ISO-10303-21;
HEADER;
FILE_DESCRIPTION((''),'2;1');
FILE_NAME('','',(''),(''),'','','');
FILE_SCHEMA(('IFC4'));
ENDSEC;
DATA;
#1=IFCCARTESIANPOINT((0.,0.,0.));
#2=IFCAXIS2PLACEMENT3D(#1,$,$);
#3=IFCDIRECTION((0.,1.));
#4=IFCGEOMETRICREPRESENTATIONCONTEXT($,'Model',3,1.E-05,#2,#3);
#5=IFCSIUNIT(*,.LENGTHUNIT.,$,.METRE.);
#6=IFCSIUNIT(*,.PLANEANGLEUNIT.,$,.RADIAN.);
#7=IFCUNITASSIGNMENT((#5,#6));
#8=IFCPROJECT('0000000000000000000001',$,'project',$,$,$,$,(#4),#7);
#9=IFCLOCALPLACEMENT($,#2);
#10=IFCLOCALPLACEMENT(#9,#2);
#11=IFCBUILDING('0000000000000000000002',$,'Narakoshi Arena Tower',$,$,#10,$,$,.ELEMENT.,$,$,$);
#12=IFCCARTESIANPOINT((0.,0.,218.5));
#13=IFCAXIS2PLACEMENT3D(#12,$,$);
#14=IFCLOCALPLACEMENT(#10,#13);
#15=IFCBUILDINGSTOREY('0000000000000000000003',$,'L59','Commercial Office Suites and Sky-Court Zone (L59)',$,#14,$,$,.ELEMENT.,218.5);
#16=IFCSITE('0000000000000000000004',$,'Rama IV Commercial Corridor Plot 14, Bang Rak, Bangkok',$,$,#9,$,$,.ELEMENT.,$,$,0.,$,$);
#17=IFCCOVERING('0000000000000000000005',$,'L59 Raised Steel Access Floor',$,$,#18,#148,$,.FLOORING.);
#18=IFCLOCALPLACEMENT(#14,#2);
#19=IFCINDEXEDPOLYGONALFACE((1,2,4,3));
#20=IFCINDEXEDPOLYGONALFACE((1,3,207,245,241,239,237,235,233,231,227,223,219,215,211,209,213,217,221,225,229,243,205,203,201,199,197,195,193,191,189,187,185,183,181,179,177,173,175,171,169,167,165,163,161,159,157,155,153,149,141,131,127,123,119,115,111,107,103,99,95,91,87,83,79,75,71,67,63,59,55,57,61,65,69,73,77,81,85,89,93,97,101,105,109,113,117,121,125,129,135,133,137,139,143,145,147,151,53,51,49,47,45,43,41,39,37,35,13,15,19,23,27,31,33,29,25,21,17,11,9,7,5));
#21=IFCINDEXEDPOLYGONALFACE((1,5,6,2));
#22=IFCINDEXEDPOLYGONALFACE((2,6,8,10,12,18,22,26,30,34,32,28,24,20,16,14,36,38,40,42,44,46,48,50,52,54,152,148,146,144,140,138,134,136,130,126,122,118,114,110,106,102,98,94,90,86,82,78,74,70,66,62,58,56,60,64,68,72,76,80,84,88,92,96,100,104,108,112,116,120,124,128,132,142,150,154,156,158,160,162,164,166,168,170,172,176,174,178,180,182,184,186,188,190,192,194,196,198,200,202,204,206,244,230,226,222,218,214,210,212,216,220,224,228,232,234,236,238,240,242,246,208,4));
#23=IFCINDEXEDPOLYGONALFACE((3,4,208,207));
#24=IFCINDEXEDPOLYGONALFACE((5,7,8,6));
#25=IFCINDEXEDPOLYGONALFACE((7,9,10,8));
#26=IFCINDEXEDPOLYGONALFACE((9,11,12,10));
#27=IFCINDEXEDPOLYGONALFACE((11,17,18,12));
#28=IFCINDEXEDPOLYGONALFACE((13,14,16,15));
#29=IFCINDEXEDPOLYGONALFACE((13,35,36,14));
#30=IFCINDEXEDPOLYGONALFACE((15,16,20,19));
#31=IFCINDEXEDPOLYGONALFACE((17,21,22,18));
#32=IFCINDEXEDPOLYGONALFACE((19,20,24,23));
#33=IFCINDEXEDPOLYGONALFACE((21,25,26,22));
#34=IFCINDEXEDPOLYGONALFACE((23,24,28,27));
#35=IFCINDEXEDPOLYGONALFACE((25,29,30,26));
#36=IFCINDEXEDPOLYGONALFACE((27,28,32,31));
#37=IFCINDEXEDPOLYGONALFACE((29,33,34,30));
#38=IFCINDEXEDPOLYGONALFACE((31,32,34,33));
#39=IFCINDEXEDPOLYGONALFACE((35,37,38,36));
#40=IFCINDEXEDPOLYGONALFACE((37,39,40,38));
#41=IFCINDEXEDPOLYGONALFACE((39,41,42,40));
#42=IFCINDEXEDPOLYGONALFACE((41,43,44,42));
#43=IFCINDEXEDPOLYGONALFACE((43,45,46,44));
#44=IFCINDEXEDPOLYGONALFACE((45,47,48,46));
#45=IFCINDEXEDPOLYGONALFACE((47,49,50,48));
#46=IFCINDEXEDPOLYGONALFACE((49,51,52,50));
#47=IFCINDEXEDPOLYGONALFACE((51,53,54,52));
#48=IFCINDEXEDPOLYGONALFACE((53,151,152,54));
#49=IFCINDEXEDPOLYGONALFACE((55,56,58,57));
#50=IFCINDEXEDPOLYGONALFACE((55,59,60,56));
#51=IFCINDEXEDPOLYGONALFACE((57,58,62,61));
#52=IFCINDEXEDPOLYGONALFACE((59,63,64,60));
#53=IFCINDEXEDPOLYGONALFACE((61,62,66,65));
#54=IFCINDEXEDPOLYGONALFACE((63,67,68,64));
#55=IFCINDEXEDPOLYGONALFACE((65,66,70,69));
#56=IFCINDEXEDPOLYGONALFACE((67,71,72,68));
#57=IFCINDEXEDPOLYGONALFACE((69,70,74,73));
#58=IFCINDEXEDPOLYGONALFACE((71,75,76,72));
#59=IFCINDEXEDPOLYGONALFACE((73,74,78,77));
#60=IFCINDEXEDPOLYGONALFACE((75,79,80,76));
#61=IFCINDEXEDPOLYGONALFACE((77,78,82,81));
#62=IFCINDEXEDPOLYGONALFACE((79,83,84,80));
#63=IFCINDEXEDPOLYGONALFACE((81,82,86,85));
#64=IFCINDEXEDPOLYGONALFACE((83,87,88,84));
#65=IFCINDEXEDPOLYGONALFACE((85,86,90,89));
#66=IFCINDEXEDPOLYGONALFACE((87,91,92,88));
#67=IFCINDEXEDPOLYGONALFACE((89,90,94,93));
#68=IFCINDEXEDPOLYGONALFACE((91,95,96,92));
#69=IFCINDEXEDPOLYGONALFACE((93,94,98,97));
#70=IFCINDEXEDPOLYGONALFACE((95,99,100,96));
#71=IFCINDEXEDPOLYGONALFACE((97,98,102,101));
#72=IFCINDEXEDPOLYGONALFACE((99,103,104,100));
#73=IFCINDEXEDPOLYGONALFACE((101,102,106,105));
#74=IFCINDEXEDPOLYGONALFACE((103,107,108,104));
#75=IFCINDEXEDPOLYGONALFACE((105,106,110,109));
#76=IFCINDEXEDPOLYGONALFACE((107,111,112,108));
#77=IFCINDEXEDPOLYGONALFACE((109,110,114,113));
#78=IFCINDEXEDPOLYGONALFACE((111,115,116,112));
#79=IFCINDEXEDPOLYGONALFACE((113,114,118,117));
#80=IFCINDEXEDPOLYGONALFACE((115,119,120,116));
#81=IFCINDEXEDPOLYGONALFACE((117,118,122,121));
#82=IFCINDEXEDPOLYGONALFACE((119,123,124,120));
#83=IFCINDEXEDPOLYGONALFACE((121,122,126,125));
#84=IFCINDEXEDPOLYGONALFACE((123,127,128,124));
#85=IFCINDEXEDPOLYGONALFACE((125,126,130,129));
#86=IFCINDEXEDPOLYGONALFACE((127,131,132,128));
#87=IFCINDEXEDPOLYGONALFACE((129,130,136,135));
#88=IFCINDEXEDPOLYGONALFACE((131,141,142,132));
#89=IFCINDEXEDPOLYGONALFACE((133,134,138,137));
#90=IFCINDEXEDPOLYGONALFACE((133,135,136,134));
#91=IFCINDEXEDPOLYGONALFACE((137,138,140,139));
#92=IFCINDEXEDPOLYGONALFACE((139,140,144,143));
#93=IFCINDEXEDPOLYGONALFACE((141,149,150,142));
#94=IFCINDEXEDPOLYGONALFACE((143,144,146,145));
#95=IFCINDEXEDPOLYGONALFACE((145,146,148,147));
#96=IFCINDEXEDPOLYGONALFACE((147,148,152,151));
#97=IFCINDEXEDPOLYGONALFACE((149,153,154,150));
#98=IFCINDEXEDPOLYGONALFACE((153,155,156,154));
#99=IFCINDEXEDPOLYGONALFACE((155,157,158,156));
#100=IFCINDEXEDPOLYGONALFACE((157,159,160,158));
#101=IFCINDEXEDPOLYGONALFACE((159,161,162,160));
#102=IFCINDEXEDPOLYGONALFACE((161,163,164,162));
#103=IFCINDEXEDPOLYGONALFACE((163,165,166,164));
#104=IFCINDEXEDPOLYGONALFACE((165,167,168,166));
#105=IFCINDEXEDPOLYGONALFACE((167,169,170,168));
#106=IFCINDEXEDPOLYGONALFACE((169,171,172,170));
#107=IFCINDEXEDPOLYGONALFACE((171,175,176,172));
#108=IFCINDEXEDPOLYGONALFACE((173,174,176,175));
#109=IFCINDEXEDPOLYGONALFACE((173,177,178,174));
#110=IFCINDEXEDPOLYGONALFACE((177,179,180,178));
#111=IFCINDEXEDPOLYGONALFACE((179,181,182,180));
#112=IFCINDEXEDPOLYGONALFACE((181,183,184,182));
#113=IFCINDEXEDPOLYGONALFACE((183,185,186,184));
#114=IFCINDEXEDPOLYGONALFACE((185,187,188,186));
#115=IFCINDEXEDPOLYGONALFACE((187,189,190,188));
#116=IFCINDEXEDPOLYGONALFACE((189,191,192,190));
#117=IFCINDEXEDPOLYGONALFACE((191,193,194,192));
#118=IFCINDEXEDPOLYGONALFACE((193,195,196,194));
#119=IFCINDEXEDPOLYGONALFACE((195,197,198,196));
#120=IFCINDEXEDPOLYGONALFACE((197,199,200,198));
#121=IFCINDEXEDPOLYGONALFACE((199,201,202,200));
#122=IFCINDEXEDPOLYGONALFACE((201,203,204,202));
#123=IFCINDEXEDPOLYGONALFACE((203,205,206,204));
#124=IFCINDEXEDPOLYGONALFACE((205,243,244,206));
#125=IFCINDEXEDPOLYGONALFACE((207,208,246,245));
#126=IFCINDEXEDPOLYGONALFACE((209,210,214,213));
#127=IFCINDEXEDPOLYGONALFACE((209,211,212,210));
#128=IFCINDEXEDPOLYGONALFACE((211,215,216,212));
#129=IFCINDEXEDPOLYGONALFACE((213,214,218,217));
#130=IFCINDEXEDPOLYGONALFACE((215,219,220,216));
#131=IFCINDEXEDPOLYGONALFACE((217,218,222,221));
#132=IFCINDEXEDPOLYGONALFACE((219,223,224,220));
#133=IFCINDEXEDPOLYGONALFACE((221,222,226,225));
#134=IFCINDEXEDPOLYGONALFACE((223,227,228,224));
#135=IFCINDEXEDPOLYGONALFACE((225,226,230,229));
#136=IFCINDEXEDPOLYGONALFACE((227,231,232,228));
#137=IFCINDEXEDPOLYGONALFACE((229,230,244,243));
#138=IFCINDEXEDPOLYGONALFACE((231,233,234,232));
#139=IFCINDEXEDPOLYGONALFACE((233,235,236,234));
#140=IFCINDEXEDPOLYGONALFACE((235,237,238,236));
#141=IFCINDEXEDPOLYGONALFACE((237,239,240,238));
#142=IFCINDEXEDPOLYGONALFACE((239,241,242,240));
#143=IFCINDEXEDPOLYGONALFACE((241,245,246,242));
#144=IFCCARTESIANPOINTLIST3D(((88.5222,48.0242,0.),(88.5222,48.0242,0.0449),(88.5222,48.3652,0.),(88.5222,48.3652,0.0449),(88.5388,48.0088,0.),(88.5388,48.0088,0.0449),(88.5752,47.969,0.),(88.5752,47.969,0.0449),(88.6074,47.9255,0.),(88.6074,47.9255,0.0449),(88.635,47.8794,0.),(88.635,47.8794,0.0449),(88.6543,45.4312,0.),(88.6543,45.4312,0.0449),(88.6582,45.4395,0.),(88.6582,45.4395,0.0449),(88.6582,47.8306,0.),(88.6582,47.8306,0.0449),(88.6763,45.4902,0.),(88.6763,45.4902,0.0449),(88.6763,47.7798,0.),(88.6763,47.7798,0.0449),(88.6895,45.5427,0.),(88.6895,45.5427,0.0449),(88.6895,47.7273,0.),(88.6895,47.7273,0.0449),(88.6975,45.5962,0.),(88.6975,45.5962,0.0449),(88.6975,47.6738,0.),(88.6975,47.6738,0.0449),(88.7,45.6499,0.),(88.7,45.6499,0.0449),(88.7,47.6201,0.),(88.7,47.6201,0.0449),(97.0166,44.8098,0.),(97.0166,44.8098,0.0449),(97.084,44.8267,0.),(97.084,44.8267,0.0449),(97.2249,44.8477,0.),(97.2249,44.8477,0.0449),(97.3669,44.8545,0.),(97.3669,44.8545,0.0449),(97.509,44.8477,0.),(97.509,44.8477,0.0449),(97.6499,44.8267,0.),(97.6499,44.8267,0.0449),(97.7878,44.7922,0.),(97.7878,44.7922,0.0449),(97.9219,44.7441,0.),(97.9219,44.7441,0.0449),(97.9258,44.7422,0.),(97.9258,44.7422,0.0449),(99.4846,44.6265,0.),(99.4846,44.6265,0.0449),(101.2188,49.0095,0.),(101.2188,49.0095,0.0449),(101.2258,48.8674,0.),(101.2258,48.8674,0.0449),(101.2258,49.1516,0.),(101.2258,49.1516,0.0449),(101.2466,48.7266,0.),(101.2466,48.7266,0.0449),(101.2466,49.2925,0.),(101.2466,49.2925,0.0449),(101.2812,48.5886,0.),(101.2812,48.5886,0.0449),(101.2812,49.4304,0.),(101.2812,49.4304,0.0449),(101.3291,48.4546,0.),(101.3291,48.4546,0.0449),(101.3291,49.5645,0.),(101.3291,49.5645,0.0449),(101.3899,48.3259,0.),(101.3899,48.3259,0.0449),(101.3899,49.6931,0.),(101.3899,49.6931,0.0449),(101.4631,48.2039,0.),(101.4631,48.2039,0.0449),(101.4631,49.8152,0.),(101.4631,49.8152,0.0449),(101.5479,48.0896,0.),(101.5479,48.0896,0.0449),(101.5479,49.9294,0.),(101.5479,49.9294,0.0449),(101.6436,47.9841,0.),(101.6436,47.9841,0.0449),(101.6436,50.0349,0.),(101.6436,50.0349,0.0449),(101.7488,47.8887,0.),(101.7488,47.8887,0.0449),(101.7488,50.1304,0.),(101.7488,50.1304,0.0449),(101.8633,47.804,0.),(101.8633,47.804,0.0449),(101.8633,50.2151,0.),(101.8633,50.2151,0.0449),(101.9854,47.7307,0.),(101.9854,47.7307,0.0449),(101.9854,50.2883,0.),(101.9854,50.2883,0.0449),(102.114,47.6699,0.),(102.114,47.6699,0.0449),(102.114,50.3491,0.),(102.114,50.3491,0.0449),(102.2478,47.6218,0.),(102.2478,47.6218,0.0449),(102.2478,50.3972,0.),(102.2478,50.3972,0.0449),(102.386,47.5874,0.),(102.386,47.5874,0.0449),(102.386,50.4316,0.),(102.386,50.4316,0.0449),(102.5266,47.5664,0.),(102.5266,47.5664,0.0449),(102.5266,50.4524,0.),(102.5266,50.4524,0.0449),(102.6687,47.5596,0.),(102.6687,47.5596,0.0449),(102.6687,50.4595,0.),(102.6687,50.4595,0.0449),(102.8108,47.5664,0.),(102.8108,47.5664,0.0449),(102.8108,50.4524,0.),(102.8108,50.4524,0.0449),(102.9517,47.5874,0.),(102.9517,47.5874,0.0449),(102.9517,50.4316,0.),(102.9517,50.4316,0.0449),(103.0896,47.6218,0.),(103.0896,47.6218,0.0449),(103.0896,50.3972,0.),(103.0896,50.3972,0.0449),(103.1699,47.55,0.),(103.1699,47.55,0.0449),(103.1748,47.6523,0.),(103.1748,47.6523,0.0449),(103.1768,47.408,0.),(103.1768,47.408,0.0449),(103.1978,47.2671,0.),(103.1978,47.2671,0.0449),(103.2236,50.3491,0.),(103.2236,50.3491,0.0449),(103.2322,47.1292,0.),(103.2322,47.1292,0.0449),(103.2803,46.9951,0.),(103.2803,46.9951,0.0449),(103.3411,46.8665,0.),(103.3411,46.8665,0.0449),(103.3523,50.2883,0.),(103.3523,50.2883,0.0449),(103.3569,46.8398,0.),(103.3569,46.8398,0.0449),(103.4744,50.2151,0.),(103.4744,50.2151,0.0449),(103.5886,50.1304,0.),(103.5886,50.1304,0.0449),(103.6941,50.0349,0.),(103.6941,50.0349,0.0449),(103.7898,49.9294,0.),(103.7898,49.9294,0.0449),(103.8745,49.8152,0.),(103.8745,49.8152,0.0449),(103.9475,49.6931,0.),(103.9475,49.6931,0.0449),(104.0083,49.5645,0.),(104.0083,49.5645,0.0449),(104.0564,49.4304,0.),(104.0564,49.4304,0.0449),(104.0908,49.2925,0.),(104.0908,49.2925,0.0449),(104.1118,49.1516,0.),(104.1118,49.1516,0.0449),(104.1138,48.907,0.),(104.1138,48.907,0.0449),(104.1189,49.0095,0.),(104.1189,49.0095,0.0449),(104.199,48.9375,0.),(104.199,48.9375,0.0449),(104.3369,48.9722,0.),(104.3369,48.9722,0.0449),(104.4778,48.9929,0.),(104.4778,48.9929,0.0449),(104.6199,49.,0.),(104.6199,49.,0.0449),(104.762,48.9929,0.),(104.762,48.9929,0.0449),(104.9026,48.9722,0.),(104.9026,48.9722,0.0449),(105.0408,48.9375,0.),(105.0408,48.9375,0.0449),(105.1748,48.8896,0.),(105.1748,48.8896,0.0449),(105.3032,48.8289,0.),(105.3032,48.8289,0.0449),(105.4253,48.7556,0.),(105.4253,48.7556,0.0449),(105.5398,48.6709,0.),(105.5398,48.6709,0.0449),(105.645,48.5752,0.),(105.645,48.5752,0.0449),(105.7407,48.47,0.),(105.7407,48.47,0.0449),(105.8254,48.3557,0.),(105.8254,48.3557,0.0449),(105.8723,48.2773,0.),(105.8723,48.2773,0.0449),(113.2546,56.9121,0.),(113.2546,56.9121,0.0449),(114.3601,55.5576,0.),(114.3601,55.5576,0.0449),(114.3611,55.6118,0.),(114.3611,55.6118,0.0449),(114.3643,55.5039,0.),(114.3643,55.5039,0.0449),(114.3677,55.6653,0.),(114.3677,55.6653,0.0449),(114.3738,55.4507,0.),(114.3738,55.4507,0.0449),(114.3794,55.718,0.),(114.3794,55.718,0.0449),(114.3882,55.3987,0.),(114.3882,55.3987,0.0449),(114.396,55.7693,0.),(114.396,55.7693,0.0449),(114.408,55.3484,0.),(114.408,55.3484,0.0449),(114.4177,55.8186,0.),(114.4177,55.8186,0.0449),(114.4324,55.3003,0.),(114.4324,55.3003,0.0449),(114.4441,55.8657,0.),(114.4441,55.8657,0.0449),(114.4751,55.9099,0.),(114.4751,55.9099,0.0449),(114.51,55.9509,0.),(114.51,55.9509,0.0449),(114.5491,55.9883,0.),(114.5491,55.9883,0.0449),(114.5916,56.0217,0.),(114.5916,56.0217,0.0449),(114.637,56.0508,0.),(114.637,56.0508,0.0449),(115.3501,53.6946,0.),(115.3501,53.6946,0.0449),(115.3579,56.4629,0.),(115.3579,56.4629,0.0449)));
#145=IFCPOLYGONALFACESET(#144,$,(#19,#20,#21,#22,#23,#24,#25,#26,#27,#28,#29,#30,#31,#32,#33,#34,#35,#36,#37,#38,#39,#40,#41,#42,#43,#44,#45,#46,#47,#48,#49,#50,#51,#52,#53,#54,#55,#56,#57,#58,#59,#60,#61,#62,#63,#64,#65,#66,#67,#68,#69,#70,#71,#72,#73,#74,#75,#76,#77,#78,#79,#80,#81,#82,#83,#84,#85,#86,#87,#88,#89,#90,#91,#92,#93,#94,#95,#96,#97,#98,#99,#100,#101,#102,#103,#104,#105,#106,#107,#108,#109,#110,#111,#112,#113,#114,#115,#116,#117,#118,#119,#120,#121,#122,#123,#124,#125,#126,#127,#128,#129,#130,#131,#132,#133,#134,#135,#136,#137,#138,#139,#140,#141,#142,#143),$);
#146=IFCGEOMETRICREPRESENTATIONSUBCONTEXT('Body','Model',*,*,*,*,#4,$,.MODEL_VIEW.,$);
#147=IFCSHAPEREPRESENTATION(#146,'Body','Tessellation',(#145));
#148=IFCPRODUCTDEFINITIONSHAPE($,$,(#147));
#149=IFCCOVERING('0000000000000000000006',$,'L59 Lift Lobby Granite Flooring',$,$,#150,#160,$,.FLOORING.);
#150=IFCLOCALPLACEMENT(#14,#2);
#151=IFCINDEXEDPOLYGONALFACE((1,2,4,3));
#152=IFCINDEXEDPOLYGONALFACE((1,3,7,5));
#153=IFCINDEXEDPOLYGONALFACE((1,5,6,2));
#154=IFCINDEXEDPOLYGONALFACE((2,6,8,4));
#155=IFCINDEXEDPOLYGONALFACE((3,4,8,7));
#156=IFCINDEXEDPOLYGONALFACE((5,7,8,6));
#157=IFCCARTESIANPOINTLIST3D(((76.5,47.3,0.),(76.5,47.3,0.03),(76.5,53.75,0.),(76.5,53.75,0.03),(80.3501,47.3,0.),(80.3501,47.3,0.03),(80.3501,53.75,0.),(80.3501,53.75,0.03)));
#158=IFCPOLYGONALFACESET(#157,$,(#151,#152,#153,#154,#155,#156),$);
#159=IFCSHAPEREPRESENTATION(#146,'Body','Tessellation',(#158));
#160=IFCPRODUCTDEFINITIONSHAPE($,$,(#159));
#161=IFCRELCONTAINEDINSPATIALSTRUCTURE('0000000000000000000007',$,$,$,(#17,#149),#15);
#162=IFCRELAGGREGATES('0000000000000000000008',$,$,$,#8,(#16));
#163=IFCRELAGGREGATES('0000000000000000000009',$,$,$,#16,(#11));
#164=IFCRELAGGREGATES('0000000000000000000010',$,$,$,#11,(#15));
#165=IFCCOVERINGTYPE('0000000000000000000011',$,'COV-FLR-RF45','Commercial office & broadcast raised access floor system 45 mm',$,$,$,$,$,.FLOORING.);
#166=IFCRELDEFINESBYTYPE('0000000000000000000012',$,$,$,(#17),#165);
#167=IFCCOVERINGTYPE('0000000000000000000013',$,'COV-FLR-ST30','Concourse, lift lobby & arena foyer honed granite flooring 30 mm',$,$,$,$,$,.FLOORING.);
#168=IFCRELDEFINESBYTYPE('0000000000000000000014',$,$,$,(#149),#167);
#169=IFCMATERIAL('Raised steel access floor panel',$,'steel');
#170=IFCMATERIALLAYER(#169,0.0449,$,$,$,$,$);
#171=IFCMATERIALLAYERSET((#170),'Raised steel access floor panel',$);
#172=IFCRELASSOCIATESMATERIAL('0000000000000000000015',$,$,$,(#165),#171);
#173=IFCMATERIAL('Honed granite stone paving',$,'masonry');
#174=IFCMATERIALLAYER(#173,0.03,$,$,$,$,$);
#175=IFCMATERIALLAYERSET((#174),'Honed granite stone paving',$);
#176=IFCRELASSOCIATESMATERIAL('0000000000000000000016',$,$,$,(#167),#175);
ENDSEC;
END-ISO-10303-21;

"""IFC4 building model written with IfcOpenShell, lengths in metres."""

from ifc_helpers import new_model, si_unit, direction, frame, origin, place, context, subcontext, project, spatial, polyline, outline, extrude, material, layer, layer_set, type_object, element, save


model = new_model("IFC4")

# Units and contexts
model_context = context("Model", 3, precision=1e-05, world=origin(), true_north=direction((0.0, 1.0)))
body_context = subcontext(model_context, "Body", "Model", "MODEL_VIEW")
ifc_project = project(units=[si_unit("LENGTHUNIT", "METRE"), si_unit("PLANEANGLEUNIT", "RADIAN")], contexts=[model_context])

# Site, building, storey
site_placement = place(None, origin())
site = spatial("IfcSite", under=ifc_project, at=site_placement, Name="Rama IV Commercial Corridor Plot 14, Bang Rak, Bangkok", CompositionType="ELEMENT", RefElevation=0.0)
building_placement = place(site_placement, origin())
building = spatial("IfcBuilding", under=site, at=building_placement, Name="Narakoshi Arena Tower", CompositionType="ELEMENT")
storey_placement = place(building_placement, frame((0.0, 0.0, 218.5)))
storey = spatial("IfcBuildingStorey", under=building, at=storey_placement, Name="L59", Description="Commercial Office Suites and Sky-Court Zone (L59)", CompositionType="ELEMENT", Elevation=218.5)

# Coverings
ifc_material_1 = material(Name="Raised steel access floor panel", Category="steel")
ifc_layer_1 = layer(ifc_material_1, 0.0449)
ifc_layer_set_1 = layer_set([ifc_layer_1], Name="Raised steel access floor panel")
covering_type_1 = type_object("IfcCoveringType", Name="COV-FLR-RF45", Description="Commercial office & broadcast raised access floor system 45 mm", PredefinedType="FLOORING", material=ifc_layer_set_1)
covering_1_placement = place(storey_placement, origin())
element("IfcCovering", 1, at=covering_1_placement, inside=storey, type_object=covering_type_1, Name="L59 Raised Steel Access Floor", PredefinedType="FLOORING", context=body_context, shape_type="SweptSolid", body=[
    extrude(outline(polyline([(88.5222, 48.3652), (113.2546, 56.9121), (115.3579, 56.4629), (114.637, 56.0508), (114.5916, 56.0217), (114.5491, 55.9883), (114.51, 55.9509), (114.4751, 55.9099), (114.4441, 55.8657), (114.4177, 55.8186), (114.396, 55.7693), (114.3794, 55.718), (114.3677, 55.6653), (114.3611, 55.6118), (114.3601, 55.5576), (114.3643, 55.5039), (114.3738, 55.4507), (114.3882, 55.3987), (114.408, 55.3484), (114.4324, 55.3003), (115.3501, 53.6946), (105.8723, 48.2773), (105.8254, 48.3557), (105.7407, 48.47), (105.645, 48.5752), (105.5398, 48.6709), (105.4253, 48.7556), (105.3032, 48.8289), (105.1748, 48.8896), (105.0408, 48.9375), (104.9026, 48.9722), (104.762, 48.9929), (104.6199, 49.0), (104.4778, 48.9929), (104.3369, 48.9722), (104.199, 48.9375), (104.1138, 48.907), (104.1189, 49.0095), (104.1118, 49.1516), (104.0908, 49.2925), (104.0564, 49.4304), (104.0083, 49.5645), (103.9475, 49.6931), (103.8745, 49.8152), (103.7898, 49.9294), (103.6941, 50.0349), (103.5886, 50.1304), (103.4744, 50.2151), (103.3523, 50.2883), (103.2236, 50.3491), (103.0896, 50.3972), (102.9517, 50.4316), (102.8108, 50.4524), (102.6687, 50.4595), (102.5266, 50.4524), (102.386, 50.4316), (102.2478, 50.3972), (102.114, 50.3491), (101.9854, 50.2883), (101.8633, 50.2151), (101.7488, 50.1304), (101.6436, 50.0349), (101.5479, 49.9294), (101.4631, 49.8152), (101.3899, 49.6931), (101.3291, 49.5645), (101.2812, 49.4304), (101.2466, 49.2925), (101.2258, 49.1516), (101.2188, 49.0095), (101.2258, 48.8674), (101.2466, 48.7266), (101.2812, 48.5886), (101.3291, 48.4546), (101.3899, 48.3259), (101.4631, 48.2039), (101.5479, 48.0896), (101.6436, 47.9841), (101.7488, 47.8887), (101.8633, 47.804), (101.9854, 47.7307), (102.114, 47.6699), (102.2478, 47.6218), (102.386, 47.5874), (102.5266, 47.5664), (102.6687, 47.5596), (102.8108, 47.5664), (102.9517, 47.5874), (103.0896, 47.6218), (103.1748, 47.6523), (103.1699, 47.55), (103.1768, 47.408), (103.1978, 47.2671), (103.2322, 47.1292), (103.2803, 46.9951), (103.3411, 46.8665), (103.3569, 46.8398), (99.4846, 44.6265), (97.9258, 44.7422), (97.9219, 44.7441), (97.7878, 44.7922), (97.6499, 44.8267), (97.509, 44.8477), (97.3669, 44.8545), (97.2249, 44.8477), (97.084, 44.8267), (97.0166, 44.8098), (88.6543, 45.4312), (88.6582, 45.4395), (88.6763, 45.4902), (88.6895, 45.5427), (88.6975, 45.5962), (88.7, 45.6499), (88.7, 47.6201), (88.6975, 47.6738), (88.6895, 47.7273), (88.6763, 47.7798), (88.6582, 47.8306), (88.635, 47.8794), (88.6074, 47.9255), (88.5752, 47.969), (88.5388, 48.0088), (88.5222, 48.0242), (88.5222, 48.3652)])), origin(), (0.0, 0.0, 1.0), 0.0449),
])
ifc_material_2 = material(Name="Honed granite stone paving", Category="masonry")
ifc_layer_2 = layer(ifc_material_2, 0.03)
ifc_layer_set_2 = layer_set([ifc_layer_2], Name="Honed granite stone paving")
covering_type_2 = type_object("IfcCoveringType", Name="COV-FLR-ST30", Description="Concourse, lift lobby & arena foyer honed granite flooring 30 mm", PredefinedType="FLOORING", material=ifc_layer_set_2)
covering_2_placement = place(storey_placement, origin())
element("IfcCovering", 2, at=covering_2_placement, inside=storey, type_object=covering_type_2, Name="L59 Lift Lobby Granite Flooring", PredefinedType="FLOORING", context=body_context, shape_type="SweptSolid", body=[
    extrude(outline(polyline([(76.5, 47.3), (80.3501, 47.3), (80.3501, 53.75), (76.5, 53.75), (76.5, 47.3)])), origin(), (0.0, 0.0, 1.0), 0.03),
])

save(model, "model.ifc")
